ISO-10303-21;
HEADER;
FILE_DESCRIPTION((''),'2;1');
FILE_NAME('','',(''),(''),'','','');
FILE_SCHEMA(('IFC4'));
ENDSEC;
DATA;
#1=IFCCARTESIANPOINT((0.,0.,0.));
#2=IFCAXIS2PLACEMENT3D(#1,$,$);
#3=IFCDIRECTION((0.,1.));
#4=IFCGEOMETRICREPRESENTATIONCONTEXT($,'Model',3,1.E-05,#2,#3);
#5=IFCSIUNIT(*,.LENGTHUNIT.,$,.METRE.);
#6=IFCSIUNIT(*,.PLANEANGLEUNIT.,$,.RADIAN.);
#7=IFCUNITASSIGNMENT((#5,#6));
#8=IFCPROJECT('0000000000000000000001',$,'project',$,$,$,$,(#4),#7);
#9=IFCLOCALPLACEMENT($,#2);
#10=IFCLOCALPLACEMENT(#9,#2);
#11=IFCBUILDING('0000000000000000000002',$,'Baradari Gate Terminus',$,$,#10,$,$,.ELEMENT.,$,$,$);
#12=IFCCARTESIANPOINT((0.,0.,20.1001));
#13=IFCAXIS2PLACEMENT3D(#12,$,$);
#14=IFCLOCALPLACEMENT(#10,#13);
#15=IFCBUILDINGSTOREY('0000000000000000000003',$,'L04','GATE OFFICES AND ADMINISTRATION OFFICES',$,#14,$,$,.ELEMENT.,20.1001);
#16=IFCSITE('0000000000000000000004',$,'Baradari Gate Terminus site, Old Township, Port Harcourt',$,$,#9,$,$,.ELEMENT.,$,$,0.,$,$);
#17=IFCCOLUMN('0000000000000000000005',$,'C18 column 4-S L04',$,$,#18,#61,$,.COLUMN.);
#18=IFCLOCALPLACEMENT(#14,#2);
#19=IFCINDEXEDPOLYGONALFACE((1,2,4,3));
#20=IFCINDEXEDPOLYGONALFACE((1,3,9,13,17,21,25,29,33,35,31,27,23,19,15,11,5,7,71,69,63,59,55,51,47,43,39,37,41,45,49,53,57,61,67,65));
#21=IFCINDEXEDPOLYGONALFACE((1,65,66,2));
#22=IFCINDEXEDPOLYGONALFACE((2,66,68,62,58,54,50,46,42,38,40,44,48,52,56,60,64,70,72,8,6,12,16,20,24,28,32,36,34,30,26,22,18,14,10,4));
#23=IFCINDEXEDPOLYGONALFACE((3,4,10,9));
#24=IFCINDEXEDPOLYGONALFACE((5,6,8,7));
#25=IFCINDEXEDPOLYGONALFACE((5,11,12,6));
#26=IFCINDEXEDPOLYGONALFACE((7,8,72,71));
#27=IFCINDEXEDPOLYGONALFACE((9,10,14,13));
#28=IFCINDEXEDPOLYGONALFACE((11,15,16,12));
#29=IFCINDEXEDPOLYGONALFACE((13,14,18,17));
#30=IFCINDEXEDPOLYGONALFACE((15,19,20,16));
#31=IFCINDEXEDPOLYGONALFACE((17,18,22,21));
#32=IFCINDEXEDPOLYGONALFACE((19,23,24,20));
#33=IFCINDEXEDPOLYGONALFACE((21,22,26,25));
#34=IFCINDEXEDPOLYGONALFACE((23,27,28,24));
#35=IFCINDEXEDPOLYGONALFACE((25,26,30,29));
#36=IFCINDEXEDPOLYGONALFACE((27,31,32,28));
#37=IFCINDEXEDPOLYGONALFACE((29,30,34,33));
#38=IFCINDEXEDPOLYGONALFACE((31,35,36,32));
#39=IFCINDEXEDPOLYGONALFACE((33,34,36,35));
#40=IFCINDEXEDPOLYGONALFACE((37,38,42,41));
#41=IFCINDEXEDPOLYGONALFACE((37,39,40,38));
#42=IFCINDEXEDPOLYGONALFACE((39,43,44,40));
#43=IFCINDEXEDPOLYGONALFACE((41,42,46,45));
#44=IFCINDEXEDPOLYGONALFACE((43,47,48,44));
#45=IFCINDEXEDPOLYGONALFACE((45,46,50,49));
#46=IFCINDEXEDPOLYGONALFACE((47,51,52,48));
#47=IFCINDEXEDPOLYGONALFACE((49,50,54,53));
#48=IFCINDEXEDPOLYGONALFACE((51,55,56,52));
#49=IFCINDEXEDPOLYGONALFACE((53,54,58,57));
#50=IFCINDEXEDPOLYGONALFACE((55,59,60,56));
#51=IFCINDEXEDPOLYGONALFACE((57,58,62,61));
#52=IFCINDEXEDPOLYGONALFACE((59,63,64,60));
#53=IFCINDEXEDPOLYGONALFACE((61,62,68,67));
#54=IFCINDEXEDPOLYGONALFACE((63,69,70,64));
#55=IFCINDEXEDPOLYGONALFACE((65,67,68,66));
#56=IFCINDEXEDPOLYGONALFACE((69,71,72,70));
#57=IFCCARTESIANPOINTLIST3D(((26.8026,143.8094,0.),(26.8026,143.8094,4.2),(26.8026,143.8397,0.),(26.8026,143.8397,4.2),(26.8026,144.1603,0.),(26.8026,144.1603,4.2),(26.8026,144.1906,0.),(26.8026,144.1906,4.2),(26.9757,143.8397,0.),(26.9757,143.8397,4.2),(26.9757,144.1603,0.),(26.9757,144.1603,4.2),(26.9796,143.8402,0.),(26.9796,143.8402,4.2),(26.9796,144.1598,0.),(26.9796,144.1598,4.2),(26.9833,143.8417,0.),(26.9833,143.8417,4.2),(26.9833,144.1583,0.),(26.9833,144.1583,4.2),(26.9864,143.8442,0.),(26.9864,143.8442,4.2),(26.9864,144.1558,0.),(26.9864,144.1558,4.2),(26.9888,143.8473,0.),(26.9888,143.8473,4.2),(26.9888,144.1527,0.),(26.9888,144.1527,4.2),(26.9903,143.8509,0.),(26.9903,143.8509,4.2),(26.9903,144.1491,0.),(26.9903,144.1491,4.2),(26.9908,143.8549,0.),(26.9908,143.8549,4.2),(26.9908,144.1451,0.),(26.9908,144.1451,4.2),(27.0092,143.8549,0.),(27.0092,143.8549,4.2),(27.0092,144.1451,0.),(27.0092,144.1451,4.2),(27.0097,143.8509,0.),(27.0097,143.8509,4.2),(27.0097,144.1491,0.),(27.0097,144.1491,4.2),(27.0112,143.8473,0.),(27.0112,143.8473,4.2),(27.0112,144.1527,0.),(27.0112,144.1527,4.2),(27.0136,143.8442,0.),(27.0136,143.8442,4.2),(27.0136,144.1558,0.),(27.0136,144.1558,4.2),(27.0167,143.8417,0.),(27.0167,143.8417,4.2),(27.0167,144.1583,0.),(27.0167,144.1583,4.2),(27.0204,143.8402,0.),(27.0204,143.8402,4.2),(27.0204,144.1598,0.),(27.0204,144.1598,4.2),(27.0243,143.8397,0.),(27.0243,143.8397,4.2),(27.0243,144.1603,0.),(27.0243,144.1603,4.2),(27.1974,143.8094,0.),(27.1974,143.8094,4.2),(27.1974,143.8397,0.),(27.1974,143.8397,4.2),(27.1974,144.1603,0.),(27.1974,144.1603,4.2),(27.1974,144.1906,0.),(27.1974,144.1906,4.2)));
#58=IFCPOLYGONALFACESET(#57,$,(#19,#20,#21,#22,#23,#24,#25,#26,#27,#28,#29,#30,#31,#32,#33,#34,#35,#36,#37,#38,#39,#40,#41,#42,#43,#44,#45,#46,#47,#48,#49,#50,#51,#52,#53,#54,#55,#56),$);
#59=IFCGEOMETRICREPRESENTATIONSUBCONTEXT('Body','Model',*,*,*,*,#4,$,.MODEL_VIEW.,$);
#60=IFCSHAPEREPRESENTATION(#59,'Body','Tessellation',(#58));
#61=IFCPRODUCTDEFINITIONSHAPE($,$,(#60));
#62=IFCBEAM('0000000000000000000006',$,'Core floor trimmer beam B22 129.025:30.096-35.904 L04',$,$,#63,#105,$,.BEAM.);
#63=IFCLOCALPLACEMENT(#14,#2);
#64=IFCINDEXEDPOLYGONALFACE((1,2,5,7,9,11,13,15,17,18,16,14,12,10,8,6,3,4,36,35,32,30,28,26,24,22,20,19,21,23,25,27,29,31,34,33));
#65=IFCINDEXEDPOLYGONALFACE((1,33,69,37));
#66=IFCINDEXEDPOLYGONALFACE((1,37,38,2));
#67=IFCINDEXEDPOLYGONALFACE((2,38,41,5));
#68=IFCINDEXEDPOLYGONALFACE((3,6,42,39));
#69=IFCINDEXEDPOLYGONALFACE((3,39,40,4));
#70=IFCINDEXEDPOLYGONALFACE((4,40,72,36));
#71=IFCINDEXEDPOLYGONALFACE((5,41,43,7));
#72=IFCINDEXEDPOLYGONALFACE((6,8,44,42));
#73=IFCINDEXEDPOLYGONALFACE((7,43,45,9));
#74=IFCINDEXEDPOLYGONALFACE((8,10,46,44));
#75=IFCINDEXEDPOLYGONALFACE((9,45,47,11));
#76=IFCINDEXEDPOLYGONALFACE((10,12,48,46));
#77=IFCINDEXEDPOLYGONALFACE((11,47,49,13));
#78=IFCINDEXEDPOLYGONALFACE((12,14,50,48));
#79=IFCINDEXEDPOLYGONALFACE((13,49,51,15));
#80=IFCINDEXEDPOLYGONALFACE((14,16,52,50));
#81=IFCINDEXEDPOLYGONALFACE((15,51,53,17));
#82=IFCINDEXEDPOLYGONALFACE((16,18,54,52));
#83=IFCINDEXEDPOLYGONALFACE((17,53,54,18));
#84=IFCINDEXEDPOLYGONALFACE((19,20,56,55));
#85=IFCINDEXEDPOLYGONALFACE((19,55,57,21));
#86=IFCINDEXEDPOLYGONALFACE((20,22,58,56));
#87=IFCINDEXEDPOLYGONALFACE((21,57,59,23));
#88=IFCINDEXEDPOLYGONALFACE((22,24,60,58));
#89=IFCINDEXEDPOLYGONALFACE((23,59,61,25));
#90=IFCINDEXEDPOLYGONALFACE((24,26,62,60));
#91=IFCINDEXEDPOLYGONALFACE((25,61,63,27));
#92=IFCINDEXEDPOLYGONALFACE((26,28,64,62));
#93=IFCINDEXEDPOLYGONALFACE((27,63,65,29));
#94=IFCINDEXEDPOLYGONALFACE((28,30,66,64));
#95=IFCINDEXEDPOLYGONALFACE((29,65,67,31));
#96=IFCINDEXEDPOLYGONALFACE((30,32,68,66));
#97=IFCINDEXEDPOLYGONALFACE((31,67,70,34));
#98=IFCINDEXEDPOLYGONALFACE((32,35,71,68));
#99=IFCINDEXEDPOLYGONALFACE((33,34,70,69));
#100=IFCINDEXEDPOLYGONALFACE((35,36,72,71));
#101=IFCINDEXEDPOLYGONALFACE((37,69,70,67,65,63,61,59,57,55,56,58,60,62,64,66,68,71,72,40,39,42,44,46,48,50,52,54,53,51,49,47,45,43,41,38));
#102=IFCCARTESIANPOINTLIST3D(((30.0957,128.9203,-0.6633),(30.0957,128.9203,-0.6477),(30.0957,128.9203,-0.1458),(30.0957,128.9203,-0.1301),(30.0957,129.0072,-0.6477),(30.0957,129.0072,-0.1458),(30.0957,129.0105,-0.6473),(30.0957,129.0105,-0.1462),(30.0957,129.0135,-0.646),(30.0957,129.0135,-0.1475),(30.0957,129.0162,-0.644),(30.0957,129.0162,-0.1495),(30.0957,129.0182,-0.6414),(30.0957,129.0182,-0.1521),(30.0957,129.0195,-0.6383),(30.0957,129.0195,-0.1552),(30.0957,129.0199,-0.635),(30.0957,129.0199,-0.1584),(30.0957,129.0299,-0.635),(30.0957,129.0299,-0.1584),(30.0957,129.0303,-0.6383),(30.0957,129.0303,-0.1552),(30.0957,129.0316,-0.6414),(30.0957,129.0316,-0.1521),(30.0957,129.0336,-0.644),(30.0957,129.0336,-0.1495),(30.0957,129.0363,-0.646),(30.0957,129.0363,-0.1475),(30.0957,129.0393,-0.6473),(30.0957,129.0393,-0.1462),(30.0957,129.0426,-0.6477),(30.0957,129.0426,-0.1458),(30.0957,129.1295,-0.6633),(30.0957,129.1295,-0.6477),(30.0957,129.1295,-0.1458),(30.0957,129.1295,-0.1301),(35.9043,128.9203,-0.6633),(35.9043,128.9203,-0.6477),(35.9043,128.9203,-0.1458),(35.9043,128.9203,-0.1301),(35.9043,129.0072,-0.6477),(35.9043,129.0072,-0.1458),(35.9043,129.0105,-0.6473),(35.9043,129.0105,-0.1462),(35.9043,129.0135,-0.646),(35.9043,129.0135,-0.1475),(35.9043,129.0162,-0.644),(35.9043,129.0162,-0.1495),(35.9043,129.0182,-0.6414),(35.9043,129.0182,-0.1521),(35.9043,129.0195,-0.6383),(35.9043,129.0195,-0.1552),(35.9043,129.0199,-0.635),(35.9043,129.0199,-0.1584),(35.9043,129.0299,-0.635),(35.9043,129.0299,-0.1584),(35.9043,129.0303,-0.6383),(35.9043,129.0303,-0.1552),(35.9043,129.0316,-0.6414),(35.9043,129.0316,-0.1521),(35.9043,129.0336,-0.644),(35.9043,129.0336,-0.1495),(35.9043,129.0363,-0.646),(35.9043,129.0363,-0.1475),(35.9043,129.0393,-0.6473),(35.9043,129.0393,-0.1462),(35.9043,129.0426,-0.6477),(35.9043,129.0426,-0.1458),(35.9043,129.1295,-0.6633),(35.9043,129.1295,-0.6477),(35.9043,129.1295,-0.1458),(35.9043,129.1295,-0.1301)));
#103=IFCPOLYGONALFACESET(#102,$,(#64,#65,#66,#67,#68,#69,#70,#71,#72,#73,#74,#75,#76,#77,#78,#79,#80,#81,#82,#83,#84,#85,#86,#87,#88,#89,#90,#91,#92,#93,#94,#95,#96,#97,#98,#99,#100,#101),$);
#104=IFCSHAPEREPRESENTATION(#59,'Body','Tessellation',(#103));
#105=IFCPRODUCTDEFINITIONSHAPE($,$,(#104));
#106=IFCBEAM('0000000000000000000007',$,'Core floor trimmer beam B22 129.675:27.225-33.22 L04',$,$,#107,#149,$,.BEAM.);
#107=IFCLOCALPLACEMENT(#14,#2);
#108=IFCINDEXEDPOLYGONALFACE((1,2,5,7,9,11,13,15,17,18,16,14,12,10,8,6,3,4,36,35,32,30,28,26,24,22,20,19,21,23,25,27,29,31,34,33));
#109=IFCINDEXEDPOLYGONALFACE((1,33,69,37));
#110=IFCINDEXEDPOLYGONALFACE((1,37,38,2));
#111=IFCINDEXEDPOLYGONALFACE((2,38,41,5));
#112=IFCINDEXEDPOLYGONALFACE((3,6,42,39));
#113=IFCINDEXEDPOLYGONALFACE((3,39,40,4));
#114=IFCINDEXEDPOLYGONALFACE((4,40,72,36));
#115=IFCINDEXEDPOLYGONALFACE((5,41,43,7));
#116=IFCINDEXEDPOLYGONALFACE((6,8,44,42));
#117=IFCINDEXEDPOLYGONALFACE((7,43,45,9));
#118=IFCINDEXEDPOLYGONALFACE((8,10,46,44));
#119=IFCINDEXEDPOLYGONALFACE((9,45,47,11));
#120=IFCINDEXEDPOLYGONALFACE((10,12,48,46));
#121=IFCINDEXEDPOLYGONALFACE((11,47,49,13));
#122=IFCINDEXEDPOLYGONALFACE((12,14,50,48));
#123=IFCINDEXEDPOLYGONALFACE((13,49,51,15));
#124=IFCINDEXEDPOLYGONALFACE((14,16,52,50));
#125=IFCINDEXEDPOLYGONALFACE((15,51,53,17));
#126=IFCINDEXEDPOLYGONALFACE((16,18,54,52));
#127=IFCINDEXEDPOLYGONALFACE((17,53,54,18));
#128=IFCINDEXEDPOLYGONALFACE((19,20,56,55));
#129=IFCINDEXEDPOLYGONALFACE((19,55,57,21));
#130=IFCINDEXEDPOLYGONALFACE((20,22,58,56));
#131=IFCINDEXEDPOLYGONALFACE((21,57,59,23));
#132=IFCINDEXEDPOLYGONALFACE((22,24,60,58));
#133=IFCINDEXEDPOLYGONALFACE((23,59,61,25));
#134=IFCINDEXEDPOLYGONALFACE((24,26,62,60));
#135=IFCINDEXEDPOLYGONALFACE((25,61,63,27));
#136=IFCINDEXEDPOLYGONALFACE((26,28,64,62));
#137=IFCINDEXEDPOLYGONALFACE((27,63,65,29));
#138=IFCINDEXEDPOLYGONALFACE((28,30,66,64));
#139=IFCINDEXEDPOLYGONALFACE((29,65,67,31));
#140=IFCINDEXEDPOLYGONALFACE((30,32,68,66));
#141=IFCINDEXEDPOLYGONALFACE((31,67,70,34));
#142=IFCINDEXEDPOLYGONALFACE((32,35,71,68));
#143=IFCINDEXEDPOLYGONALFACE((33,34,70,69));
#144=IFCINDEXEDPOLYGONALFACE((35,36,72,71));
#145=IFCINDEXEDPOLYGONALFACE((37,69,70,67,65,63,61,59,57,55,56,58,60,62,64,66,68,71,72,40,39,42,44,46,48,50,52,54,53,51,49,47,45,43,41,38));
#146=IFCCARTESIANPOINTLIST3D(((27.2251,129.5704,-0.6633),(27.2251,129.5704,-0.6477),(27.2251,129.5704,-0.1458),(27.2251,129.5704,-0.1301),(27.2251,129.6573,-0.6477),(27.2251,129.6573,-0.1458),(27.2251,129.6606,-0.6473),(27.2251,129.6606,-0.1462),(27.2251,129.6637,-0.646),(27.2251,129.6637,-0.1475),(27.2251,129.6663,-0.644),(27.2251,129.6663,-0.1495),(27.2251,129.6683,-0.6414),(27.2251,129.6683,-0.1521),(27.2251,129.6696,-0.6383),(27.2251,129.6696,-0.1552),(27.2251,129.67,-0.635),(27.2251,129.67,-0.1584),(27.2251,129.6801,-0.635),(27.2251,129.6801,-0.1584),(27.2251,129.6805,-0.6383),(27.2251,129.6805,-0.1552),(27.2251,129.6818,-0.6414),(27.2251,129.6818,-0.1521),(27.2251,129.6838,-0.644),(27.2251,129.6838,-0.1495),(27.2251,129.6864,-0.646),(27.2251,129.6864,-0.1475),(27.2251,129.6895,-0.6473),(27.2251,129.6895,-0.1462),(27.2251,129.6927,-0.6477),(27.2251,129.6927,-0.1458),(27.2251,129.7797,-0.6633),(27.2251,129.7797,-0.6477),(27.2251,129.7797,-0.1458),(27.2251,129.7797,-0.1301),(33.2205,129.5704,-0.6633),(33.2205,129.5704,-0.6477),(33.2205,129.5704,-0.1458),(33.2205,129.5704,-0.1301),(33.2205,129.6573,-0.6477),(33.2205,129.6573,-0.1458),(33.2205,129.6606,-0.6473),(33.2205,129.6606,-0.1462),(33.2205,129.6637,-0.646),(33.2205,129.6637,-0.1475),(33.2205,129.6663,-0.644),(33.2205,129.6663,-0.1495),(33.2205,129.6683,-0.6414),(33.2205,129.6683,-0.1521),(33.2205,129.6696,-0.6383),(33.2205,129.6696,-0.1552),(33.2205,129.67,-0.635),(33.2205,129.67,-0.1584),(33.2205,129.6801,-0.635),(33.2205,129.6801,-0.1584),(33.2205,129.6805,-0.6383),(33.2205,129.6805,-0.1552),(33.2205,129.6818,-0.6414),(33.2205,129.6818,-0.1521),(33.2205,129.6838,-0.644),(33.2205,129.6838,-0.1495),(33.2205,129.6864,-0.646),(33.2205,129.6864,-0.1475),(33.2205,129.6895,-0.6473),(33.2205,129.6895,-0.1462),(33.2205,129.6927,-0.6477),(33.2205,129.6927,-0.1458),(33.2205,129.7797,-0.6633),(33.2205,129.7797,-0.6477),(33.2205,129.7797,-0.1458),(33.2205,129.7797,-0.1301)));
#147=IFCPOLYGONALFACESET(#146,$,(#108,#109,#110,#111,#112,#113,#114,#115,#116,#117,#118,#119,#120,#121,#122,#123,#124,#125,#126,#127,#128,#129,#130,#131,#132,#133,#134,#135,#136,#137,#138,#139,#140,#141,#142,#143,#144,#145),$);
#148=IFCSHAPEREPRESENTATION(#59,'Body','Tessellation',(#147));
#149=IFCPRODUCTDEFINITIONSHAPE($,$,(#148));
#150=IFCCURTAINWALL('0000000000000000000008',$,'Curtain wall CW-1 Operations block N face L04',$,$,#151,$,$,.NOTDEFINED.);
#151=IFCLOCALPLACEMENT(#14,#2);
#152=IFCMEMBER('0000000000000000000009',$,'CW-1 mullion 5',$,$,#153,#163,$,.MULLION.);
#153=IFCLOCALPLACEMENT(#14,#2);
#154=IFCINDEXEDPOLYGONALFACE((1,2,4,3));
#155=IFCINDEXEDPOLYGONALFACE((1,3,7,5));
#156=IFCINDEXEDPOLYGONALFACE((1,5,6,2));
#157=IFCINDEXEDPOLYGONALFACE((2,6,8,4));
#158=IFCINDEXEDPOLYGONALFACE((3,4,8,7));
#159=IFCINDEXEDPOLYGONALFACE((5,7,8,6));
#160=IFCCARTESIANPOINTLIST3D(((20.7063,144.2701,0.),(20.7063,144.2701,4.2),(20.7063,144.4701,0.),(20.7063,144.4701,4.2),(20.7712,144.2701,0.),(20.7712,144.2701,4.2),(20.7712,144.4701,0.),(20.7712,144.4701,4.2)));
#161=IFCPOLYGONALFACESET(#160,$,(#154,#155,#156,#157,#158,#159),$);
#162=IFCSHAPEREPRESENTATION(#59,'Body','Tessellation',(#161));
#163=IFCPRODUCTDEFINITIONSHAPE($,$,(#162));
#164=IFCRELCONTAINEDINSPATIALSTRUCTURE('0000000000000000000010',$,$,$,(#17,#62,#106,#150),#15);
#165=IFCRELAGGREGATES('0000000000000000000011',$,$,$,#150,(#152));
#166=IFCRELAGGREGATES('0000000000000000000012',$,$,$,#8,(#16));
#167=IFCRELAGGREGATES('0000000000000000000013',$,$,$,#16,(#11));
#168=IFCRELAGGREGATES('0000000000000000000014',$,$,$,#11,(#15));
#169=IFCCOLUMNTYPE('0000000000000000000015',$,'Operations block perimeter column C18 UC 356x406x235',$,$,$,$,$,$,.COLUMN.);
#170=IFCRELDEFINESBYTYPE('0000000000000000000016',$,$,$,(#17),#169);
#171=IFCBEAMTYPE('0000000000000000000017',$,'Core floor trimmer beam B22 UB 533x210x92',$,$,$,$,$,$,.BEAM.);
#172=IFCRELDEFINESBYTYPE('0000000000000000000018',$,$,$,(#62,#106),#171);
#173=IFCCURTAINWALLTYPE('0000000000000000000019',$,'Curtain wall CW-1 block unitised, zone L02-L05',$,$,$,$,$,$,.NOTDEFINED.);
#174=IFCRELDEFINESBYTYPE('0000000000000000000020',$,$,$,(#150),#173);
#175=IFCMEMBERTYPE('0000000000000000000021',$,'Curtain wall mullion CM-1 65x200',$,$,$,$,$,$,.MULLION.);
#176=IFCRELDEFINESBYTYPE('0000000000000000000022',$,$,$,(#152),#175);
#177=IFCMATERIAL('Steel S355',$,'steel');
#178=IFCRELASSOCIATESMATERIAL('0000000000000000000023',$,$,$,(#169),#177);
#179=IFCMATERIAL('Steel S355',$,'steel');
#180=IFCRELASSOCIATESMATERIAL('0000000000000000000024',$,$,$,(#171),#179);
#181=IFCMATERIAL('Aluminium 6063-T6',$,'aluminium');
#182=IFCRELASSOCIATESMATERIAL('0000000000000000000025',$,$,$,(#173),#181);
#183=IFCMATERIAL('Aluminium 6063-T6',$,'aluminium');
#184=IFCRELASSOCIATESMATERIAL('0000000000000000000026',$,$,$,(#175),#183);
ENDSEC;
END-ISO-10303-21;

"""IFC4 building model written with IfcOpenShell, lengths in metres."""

from ifc_helpers import new_model, si_unit, direction, frame, origin, origin_2d, place, context, subcontext, project, spatial, rectangle, i_section, extrude, material, material_profile, profile_set, type_object, element, aggregate, save


model = new_model("IFC4")

# Units and contexts
model_context = context("Model", 3, precision=1e-05, world=origin(), true_north=direction((0.0, 1.0)))
body_context = subcontext(model_context, "Body", "Model", "MODEL_VIEW")
ifc_project = project(units=[si_unit("LENGTHUNIT", "METRE"), si_unit("PLANEANGLEUNIT", "RADIAN")], contexts=[model_context])

# Site, building, storey
site_placement = place(None, origin())
site = spatial("IfcSite", under=ifc_project, at=site_placement, Name="Baradari Gate Terminus site, Old Township, Port Harcourt", CompositionType="ELEMENT", RefElevation=0.0)
building_placement = place(site_placement, origin())
building = spatial("IfcBuilding", under=site, at=building_placement, Name="Baradari Gate Terminus", CompositionType="ELEMENT")
storey_placement = place(building_placement, frame((0.0, 0.0, 20.1001)))
storey = spatial("IfcBuildingStorey", under=building, at=storey_placement, Name="L04", Description="GATE OFFICES AND ADMINISTRATION OFFICES", CompositionType="ELEMENT", Elevation=20.1001)

# Column
ifc_material_1 = material(Name="Steel S355", Category="steel")
ifc_material_profile_1 = material_profile(ifc_material_1, i_section(OverallWidth=0.3948, OverallDepth=0.3811, WebThickness=0.0183, FlangeThickness=0.0303, FilletRadius=0.0151, at=origin_2d()), Name="UC 356x406x235")
ifc_profile_set_1 = profile_set([ifc_material_profile_1], Name="Steel S355")
column_type = type_object("IfcColumnType", Name="Operations block perimeter column C18 UC 356x406x235", PredefinedType="COLUMN", material=ifc_profile_set_1)
column_placement = place(storey_placement, frame((27.0, 144.0, 0.0), z_axis=(0.0, 0.0, 1.0), x_axis=(1.0, 0.0, 0.0)))
element("IfcColumn", 1, at=column_placement, inside=storey, type_object=column_type, Name="C18 column 4-S L04", PredefinedType="COLUMN", context=body_context, shape_type="SweptSolid", body=[
    extrude(i_section(OverallWidth=0.3948, OverallDepth=0.3811, WebThickness=0.0183, FlangeThickness=0.0303, FilletRadius=0.0151, at=origin_2d()), origin(), (0.0, 0.0, 1.0), 4.2),
])

# Beams
ifc_material_2 = material(Name="Steel S355", Category="steel")
ifc_material_profile_2 = material_profile(ifc_material_2, i_section(OverallWidth=0.2092, OverallDepth=0.5332, WebThickness=0.01, FlangeThickness=0.0156, FilletRadius=0.0127, at=origin_2d()), Name="UB 533x210x92")
ifc_profile_set_2 = profile_set([ifc_material_profile_2], Name="Steel S355")
beam_type_1 = type_object("IfcBeamType", Name="Core floor trimmer beam B22 UB 533x210x92", PredefinedType="BEAM", material=ifc_profile_set_2)
beam_1_placement = place(storey_placement, frame((30.0957, 129.0249, -0.3967), z_axis=(1.0, 0.0, 0.0), x_axis=(0.0, 1.0, 0.0)))
element("IfcBeam", 2, at=beam_1_placement, inside=storey, type_object=beam_type_1, Name="Core floor trimmer beam B22 129.025:30.096-35.904 L04", PredefinedType="BEAM", context=body_context, shape_type="SweptSolid", body=[
    extrude(i_section(OverallWidth=0.2092, OverallDepth=0.5332, WebThickness=0.01, FlangeThickness=0.0156, FilletRadius=0.0127, at=origin_2d()), origin(), (0.0, 0.0, 1.0), 5.8086),
])
beam_2_placement = place(storey_placement, frame((27.2251, 129.675, -0.3967), z_axis=(1.0, 0.0, 0.0), x_axis=(0.0, 1.0, 0.0)))
element("IfcBeam", 3, at=beam_2_placement, inside=storey, type_object=beam_type_1, Name="Core floor trimmer beam B22 129.675:27.225-33.22 L04", PredefinedType="BEAM", context=body_context, shape_type="SweptSolid", body=[
    extrude(i_section(OverallWidth=0.2092, OverallDepth=0.5332, WebThickness=0.01, FlangeThickness=0.0156, FilletRadius=0.0127, at=origin_2d()), origin(), (0.0, 0.0, 1.0), 5.9954),
])

# Curtain wall, member
ifc_material_3 = material(Name="Aluminium 6063-T6", Category="aluminium")
curtain_wall_type = type_object("IfcCurtainWallType", Name="Curtain wall CW-1 block unitised, zone L02-L05", PredefinedType="NOTDEFINED", material=ifc_material_3)
curtain_wall_placement = place(storey_placement, origin())
curtain_wall = element("IfcCurtainWall", 4, at=curtain_wall_placement, inside=storey, type_object=curtain_wall_type, Name="Curtain wall CW-1 Operations block N face L04", PredefinedType="NOTDEFINED")
ifc_material_4 = material(Name="Aluminium 6063-T6", Category="aluminium")
ifc_material_profile_3 = material_profile(ifc_material_4, rectangle(XDim=0.2, YDim=0.0649, at=origin_2d()), Name="CM-1 65X200")
ifc_profile_set_3 = profile_set([ifc_material_profile_3], Name="Aluminium 6063-T6")
member_type = type_object("IfcMemberType", Name="Curtain wall mullion CM-1 65x200", PredefinedType="MULLION", material=ifc_profile_set_3)
member_placement = place(storey_placement, frame((20.7388, 144.3701, 0.0), z_axis=(0.0, 0.0, 1.0), x_axis=(0.0, 1.0, 0.0)))
member = element("IfcMember", 5, at=member_placement, type_object=member_type, Name="CW-1 mullion 5", PredefinedType="MULLION", context=body_context, shape_type="SweptSolid", body=[
    extrude(rectangle(XDim=0.2, YDim=0.0649, at=origin_2d()), origin(), (0.0, 0.0, 1.0), 4.2),
])
aggregate(curtain_wall, [member])

save(model, "model.ifc")
